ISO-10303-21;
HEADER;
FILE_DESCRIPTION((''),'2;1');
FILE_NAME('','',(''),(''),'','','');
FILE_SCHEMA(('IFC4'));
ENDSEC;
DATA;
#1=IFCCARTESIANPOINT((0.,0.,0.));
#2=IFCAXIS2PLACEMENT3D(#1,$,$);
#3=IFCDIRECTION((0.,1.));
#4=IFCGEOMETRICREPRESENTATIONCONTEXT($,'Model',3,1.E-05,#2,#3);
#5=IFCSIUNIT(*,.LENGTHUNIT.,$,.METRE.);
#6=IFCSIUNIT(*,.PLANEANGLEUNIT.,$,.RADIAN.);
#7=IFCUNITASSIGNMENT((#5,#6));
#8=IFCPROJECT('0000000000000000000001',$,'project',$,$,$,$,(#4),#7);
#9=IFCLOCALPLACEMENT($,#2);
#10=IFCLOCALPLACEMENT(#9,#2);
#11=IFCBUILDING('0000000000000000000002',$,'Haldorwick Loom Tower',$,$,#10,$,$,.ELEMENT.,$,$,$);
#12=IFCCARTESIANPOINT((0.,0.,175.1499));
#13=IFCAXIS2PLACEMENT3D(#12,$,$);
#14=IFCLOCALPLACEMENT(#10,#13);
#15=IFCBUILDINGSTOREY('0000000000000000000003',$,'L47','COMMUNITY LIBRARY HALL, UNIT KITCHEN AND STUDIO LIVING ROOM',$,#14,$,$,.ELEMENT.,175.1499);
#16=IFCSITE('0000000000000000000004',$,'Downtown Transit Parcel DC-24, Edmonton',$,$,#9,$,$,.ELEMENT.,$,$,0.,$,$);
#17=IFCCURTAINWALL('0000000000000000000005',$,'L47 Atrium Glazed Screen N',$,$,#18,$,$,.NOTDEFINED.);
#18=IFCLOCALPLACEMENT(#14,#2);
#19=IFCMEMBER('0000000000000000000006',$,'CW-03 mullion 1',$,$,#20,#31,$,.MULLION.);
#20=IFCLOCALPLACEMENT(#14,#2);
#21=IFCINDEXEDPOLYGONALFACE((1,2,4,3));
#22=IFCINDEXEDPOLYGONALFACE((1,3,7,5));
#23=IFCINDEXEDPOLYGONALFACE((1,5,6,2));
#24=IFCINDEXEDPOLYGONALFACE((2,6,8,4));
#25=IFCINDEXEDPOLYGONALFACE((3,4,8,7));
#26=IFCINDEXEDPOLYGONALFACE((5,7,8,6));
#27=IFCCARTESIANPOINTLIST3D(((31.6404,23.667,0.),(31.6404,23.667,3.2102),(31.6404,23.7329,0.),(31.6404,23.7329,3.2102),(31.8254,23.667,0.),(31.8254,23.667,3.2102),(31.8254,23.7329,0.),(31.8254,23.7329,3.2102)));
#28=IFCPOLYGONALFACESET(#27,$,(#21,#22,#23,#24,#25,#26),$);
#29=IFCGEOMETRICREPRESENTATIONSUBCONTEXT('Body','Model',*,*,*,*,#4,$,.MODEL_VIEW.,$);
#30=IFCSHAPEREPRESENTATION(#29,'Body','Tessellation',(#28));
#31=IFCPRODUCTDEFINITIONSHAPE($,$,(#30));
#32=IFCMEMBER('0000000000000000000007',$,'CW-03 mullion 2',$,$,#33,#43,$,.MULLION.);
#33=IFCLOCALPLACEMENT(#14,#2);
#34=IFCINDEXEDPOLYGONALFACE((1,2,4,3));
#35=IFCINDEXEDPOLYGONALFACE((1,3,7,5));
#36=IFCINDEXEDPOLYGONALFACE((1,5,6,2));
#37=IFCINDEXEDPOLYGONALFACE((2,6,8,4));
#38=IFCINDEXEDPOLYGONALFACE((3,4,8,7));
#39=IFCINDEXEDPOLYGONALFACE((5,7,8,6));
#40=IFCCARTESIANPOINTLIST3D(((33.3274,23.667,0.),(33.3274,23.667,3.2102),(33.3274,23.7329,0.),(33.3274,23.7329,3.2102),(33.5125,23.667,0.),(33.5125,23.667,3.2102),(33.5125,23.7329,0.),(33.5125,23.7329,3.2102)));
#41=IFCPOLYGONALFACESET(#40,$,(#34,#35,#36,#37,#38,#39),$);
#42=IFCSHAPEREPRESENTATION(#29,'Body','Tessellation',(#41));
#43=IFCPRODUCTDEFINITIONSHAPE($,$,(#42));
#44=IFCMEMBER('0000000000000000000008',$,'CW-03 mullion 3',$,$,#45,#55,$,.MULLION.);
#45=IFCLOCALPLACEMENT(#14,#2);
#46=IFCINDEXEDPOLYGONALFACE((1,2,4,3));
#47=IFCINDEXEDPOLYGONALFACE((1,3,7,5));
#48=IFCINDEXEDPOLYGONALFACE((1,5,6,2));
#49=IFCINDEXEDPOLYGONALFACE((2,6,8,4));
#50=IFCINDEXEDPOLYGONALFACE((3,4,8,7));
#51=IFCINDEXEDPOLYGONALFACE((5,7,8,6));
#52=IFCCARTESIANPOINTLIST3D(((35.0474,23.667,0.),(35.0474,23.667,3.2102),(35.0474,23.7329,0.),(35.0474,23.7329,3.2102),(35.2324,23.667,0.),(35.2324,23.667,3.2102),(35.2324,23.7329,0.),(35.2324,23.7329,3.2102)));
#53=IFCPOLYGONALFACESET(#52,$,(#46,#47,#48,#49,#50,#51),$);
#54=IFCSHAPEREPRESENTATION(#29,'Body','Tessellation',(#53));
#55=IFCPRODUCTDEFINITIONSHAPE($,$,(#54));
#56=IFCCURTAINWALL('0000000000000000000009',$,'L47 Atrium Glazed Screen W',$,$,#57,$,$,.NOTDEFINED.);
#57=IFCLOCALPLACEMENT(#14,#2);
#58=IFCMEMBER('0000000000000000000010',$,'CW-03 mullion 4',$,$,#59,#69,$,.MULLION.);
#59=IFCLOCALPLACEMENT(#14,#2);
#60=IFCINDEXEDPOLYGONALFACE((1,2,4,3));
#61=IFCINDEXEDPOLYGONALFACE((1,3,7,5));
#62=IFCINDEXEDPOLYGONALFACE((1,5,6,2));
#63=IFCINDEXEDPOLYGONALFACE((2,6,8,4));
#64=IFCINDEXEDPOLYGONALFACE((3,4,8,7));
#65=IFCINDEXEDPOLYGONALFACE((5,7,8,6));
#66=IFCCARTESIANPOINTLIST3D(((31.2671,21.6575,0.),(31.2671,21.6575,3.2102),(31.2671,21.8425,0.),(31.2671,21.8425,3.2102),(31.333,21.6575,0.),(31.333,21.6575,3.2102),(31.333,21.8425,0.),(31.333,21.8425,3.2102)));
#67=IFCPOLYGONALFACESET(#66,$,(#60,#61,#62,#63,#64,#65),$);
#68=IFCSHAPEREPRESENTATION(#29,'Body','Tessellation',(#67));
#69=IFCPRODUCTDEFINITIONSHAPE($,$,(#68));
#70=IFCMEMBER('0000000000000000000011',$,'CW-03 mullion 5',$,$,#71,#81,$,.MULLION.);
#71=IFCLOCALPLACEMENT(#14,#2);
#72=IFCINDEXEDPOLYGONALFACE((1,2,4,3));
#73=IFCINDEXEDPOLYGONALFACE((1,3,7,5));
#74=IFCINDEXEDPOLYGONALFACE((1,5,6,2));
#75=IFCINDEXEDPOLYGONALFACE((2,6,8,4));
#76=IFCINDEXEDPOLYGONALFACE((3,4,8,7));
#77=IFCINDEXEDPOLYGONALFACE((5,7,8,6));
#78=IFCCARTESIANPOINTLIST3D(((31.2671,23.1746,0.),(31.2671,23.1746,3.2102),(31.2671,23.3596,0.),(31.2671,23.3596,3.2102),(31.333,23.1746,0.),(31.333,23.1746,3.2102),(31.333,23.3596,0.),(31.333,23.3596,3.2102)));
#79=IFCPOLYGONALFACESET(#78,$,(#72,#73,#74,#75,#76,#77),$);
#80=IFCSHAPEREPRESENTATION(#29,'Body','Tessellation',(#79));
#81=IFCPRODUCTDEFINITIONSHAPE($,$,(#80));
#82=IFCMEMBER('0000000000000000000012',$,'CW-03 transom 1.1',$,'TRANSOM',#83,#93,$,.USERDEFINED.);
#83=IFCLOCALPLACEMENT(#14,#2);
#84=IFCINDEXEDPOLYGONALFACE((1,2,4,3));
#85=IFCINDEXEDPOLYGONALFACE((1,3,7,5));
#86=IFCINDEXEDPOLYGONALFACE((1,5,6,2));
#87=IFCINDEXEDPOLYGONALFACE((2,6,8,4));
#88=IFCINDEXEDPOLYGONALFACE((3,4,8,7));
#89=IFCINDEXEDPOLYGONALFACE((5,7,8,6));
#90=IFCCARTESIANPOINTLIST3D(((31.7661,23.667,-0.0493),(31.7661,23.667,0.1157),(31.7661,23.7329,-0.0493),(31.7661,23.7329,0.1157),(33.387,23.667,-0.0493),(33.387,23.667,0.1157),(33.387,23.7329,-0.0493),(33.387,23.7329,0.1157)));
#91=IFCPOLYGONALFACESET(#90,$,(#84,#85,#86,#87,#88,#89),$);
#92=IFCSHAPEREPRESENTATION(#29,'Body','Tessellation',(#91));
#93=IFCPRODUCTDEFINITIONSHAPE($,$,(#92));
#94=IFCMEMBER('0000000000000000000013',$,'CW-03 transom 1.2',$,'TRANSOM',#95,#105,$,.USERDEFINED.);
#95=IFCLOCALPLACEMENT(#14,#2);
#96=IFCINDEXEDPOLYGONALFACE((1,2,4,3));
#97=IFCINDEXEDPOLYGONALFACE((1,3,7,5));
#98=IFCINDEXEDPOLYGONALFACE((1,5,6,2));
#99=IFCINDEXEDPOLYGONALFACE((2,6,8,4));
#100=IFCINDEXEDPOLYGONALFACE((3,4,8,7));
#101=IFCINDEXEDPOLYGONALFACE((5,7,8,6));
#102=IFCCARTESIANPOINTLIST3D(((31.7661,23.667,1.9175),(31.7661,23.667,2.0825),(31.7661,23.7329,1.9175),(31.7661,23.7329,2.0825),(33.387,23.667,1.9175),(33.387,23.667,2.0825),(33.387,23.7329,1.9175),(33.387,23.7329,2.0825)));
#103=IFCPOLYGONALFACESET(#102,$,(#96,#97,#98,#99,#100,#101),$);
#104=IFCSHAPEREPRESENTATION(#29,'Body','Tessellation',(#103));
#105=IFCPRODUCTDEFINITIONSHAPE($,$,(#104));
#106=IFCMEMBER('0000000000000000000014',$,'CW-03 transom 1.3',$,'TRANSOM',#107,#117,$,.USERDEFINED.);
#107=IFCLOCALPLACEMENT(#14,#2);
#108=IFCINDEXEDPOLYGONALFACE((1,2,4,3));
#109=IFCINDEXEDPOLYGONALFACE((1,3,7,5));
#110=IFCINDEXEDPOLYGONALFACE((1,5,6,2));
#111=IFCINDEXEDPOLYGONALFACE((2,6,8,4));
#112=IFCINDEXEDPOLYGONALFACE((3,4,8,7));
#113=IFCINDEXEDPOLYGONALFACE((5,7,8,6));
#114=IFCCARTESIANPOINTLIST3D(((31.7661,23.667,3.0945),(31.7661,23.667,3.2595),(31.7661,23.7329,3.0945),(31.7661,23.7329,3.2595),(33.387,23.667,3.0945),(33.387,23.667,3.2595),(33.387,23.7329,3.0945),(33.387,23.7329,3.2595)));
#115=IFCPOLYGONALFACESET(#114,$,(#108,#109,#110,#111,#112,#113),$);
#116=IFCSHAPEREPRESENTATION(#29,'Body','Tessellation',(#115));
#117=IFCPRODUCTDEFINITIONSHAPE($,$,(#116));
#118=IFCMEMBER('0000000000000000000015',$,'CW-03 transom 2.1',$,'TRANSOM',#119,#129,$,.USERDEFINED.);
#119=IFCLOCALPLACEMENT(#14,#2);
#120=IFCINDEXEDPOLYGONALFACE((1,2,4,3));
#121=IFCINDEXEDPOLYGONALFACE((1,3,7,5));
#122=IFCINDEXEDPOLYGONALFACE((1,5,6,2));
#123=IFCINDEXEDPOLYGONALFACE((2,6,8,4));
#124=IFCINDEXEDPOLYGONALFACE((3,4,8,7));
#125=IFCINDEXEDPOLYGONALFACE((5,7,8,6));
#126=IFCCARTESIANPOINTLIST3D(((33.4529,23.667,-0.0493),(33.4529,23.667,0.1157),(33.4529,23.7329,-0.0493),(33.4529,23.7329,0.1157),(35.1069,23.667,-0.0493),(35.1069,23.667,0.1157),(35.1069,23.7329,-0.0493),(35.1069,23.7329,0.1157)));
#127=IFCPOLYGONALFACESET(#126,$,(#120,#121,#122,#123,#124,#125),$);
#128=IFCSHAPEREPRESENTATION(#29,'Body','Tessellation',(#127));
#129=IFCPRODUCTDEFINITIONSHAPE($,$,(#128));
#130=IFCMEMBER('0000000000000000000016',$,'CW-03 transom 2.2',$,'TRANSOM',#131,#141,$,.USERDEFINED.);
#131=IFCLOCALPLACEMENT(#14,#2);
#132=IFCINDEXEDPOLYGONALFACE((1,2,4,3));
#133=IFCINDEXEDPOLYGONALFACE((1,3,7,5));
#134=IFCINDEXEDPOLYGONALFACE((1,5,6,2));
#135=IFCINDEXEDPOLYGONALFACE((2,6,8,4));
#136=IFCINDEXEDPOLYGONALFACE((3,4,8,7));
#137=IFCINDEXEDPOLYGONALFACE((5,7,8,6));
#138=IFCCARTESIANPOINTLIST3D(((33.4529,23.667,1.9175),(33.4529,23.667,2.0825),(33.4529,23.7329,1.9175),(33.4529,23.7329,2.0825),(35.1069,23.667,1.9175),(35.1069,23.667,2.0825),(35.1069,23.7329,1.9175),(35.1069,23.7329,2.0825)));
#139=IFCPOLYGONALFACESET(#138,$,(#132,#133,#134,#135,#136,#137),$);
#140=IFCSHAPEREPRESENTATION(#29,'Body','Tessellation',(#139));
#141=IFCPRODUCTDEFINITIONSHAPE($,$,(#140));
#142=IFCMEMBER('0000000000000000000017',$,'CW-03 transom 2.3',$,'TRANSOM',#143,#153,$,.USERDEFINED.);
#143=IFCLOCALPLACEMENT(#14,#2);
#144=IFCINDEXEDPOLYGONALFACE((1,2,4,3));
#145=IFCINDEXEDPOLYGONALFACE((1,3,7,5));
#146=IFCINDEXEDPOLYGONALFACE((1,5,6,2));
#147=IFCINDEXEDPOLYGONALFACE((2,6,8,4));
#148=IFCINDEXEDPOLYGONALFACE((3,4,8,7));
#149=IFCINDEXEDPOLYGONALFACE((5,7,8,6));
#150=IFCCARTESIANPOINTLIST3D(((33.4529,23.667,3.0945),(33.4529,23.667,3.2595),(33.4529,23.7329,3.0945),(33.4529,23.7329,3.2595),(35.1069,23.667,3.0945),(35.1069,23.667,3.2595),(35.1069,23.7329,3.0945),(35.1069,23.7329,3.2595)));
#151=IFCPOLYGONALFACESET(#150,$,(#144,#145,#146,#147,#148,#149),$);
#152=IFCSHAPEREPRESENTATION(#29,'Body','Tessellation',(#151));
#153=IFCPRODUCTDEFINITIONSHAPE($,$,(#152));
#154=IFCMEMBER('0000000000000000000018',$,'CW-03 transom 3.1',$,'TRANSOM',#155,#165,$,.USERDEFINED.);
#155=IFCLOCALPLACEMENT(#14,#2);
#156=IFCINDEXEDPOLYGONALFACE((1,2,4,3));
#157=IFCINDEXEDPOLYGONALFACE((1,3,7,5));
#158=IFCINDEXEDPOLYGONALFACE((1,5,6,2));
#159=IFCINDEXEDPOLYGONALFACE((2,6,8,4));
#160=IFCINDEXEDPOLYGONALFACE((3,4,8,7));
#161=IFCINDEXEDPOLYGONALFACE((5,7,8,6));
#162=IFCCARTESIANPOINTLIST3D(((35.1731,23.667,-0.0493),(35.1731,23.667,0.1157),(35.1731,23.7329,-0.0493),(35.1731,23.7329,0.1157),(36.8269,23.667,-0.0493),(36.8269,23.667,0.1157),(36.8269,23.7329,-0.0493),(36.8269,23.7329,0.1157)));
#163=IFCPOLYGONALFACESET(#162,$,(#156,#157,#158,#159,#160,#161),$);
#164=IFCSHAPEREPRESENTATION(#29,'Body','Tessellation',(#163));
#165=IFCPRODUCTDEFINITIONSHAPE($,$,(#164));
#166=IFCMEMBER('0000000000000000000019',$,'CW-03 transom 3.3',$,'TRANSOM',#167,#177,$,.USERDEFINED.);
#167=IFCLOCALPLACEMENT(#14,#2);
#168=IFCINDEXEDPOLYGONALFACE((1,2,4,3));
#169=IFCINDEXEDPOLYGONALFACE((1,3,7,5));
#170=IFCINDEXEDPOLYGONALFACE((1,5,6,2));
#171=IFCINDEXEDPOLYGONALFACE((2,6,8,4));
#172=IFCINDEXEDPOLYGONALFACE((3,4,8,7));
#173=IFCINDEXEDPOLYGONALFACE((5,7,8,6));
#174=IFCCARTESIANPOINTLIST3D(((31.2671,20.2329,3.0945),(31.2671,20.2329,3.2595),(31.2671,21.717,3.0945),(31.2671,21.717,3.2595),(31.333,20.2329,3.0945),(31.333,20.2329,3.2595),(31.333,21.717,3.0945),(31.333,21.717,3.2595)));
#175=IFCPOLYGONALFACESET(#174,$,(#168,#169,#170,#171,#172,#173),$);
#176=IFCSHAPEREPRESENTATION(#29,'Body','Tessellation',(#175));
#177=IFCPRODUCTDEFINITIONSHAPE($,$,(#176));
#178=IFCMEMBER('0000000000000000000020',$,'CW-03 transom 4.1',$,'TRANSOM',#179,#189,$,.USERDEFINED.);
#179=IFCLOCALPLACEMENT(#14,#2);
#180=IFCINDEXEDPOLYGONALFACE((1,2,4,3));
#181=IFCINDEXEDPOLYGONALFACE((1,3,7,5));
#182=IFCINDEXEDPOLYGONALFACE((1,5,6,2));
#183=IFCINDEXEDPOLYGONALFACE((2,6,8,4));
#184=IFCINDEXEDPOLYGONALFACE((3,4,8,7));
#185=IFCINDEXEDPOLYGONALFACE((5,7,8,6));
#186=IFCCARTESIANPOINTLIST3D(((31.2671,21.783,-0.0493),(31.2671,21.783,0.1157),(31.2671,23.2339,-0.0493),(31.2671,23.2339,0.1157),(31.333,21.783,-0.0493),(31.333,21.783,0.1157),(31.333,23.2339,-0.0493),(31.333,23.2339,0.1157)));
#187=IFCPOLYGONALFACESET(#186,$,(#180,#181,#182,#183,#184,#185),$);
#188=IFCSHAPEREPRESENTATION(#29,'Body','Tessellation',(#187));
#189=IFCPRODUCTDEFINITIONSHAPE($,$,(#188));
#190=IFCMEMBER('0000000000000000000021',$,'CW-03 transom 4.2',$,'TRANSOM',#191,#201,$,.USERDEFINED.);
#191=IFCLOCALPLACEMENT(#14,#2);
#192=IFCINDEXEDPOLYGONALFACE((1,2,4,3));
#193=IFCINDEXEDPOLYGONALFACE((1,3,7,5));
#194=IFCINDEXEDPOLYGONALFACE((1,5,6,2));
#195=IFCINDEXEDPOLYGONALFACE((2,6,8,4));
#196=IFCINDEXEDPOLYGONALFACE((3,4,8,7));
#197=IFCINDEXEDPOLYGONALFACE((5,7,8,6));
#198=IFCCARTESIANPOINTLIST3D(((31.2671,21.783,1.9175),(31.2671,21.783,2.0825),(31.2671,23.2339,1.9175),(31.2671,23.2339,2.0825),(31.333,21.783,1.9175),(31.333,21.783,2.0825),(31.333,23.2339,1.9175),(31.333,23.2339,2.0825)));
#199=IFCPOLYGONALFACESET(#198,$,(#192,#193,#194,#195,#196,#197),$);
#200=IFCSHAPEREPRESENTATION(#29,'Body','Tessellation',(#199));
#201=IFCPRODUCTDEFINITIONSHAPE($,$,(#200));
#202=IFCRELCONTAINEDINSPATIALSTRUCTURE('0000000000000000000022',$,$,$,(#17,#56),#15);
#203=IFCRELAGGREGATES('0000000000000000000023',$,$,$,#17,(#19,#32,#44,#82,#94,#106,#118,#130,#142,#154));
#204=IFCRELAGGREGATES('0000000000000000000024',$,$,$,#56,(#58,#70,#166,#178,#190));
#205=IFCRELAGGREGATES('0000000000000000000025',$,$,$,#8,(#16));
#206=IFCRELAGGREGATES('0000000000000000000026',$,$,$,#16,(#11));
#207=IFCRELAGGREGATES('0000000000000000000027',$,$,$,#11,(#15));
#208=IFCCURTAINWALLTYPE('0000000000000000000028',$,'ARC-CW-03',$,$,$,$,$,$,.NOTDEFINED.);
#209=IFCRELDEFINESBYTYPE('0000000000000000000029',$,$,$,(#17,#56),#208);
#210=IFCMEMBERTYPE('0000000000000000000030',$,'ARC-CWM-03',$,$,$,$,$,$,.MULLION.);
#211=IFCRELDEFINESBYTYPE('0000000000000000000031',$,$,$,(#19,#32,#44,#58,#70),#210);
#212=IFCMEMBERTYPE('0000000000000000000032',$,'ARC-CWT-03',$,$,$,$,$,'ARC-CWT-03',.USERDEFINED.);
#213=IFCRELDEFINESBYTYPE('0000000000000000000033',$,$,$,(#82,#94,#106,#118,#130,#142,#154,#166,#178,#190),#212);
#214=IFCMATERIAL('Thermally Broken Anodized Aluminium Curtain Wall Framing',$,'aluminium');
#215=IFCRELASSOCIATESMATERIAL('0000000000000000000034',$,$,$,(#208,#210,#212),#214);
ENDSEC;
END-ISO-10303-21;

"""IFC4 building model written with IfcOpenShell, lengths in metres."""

from ifc_helpers import new_model, si_unit, direction, frame, origin, origin_2d, place, context, subcontext, project, spatial, rectangle, extrude, material, material_profile, profile_set, type_object, element, aggregate, save


model = new_model("IFC4")

# Units and contexts
model_context = context("Model", 3, precision=1e-05, world=origin(), true_north=direction((0.0, 1.0)))
body_context = subcontext(model_context, "Body", "Model", "MODEL_VIEW")
ifc_project = project(units=[si_unit("LENGTHUNIT", "METRE"), si_unit("PLANEANGLEUNIT", "RADIAN")], contexts=[model_context])

# Site, building, storey
site_placement = place(None, origin())
site = spatial("IfcSite", under=ifc_project, at=site_placement, Name="Downtown Transit Parcel DC-24, Edmonton", CompositionType="ELEMENT", RefElevation=0.0)
building_placement = place(site_placement, origin())
building = spatial("IfcBuilding", under=site, at=building_placement, Name="Haldorwick Loom Tower", CompositionType="ELEMENT")
storey_placement = place(building_placement, frame((0.0, 0.0, 175.1499)))
storey = spatial("IfcBuildingStorey", under=building, at=storey_placement, Name="L47", Description="COMMUNITY LIBRARY HALL, UNIT KITCHEN AND STUDIO LIVING ROOM", CompositionType="ELEMENT", Elevation=175.1499)

# Curtain walls, members
ifc_material_1 = material(Name="Thermally Broken Anodized Aluminium Curtain Wall Framing", Category="aluminium")
curtain_wall_type = type_object("IfcCurtainWallType", Name="ARC-CW-03", PredefinedType="NOTDEFINED", material=ifc_material_1)
curtain_wall_1_placement = place(storey_placement, origin())
curtain_wall_1 = element("IfcCurtainWall", 1, at=curtain_wall_1_placement, inside=storey, type_object=curtain_wall_type, Name="L47 Atrium Glazed Screen N", PredefinedType="NOTDEFINED")
ifc_material_profile_1 = material_profile(ifc_material_1, rectangle(XDim=0.0659, YDim=0.1851, at=origin_2d()), Name="ALU_MUL_66X185", Category="aluminium")
ifc_profile_set_1 = profile_set([ifc_material_profile_1], Name="Thermally Broken Anodized Aluminium Curtain Wall Framing")
member_type_1 = type_object("IfcMemberType", Name="ARC-CWM-03", PredefinedType="MULLION", material=ifc_profile_set_1)
member_1_placement = place(storey_placement, frame((31.7329, 23.7, 0.0), z_axis=(0.0, 0.0, 1.0), x_axis=(0.0, 1.0, 0.0)))
member_1 = element("IfcMember", 2, at=member_1_placement, type_object=member_type_1, Name="CW-03 mullion 1", PredefinedType="MULLION", context=body_context, shape_type="SweptSolid", body=[
    extrude(rectangle(XDim=0.0659, YDim=0.1851, at=origin_2d()), origin(), (0.0, 0.0, 1.0), 3.2102),
])
member_2_placement = place(storey_placement, frame((33.4199, 23.7, 0.0), z_axis=(0.0, 0.0, 1.0), x_axis=(0.0, 1.0, 0.0)))
member_2 = element("IfcMember", 3, at=member_2_placement, type_object=member_type_1, Name="CW-03 mullion 2", PredefinedType="MULLION", context=body_context, shape_type="SweptSolid", body=[
    extrude(rectangle(XDim=0.0659, YDim=0.1851, at=origin_2d()), origin(), (0.0, 0.0, 1.0), 3.2102),
])
member_3_placement = place(storey_placement, frame((35.1399, 23.7, 0.0), z_axis=(0.0, 0.0, 1.0), x_axis=(0.0, 1.0, 0.0)))
member_3 = element("IfcMember", 4, at=member_3_placement, type_object=member_type_1, Name="CW-03 mullion 3", PredefinedType="MULLION", context=body_context, shape_type="SweptSolid", body=[
    extrude(rectangle(XDim=0.0659, YDim=0.1851, at=origin_2d()), origin(), (0.0, 0.0, 1.0), 3.2102),
])
curtain_wall_2_placement = place(storey_placement, origin())
curtain_wall_2 = element("IfcCurtainWall", 5, at=curtain_wall_2_placement, inside=storey, type_object=curtain_wall_type, Name="L47 Atrium Glazed Screen W", PredefinedType="NOTDEFINED")
member_4_placement = place(storey_placement, frame((31.3, 21.75, 0.0), z_axis=(0.0, 0.0, 1.0), x_axis=(-1.0, 0.0, 0.0)))
member_4 = element("IfcMember", 6, at=member_4_placement, type_object=member_type_1, Name="CW-03 mullion 4", PredefinedType="MULLION", context=body_context, shape_type="SweptSolid", body=[
    extrude(rectangle(XDim=0.0659, YDim=0.1851, at=origin_2d()), origin(), (0.0, 0.0, 1.0), 3.2102),
])
member_5_placement = place(storey_placement, frame((31.3, 23.2671, 0.0), z_axis=(0.0, 0.0, 1.0), x_axis=(-1.0, 0.0, 0.0)))
member_5 = element("IfcMember", 7, at=member_5_placement, type_object=member_type_1, Name="CW-03 mullion 5", PredefinedType="MULLION", context=body_context, shape_type="SweptSolid", body=[
    extrude(rectangle(XDim=0.0659, YDim=0.1851, at=origin_2d()), origin(), (0.0, 0.0, 1.0), 3.2102),
])

# Members
ifc_material_profile_2 = material_profile(ifc_material_1, rectangle(XDim=0.0659, YDim=0.165, at=origin_2d()), Name="ALU_TRN_66X165", Category="aluminium")
ifc_profile_set_2 = profile_set([ifc_material_profile_2], Name="Thermally Broken Anodized Aluminium Curtain Wall Framing")
member_type_2 = type_object("IfcMemberType", Name="ARC-CWT-03", ElementType="ARC-CWT-03", PredefinedType="USERDEFINED", material=ifc_profile_set_2)
member_6_placement = place(storey_placement, frame((31.7661, 23.7, 0.0332), z_axis=(1.0, 0.0, 0.0), x_axis=(0.0, 1.0, 0.0)))
member_6 = element("IfcMember", 8, at=member_6_placement, type_object=member_type_2, Name="CW-03 transom 1.1", ObjectType="TRANSOM", PredefinedType="USERDEFINED", context=body_context, shape_type="SweptSolid", body=[
    extrude(rectangle(XDim=0.0659, YDim=0.165, at=origin_2d()), origin(), (0.0, 0.0, 1.0), 1.6208),
])
member_7_placement = place(storey_placement, frame((31.7661, 23.7, 2.0), z_axis=(1.0, 0.0, 0.0), x_axis=(0.0, 1.0, 0.0)))
member_7 = element("IfcMember", 9, at=member_7_placement, type_object=member_type_2, Name="CW-03 transom 1.2", ObjectType="TRANSOM", PredefinedType="USERDEFINED", context=body_context, shape_type="SweptSolid", body=[
    extrude(rectangle(XDim=0.0659, YDim=0.165, at=origin_2d()), origin(), (0.0, 0.0, 1.0), 1.6208),
])
member_8_placement = place(storey_placement, frame((31.7661, 23.7, 3.177), z_axis=(1.0, 0.0, 0.0), x_axis=(0.0, 1.0, 0.0)))
member_8 = element("IfcMember", 10, at=member_8_placement, type_object=member_type_2, Name="CW-03 transom 1.3", ObjectType="TRANSOM", PredefinedType="USERDEFINED", context=body_context, shape_type="SweptSolid", body=[
    extrude(rectangle(XDim=0.0659, YDim=0.165, at=origin_2d()), origin(), (0.0, 0.0, 1.0), 1.6208),
])
member_9_placement = place(storey_placement, frame((33.4529, 23.7, 0.0332), z_axis=(1.0, 0.0, 0.0), x_axis=(0.0, 1.0, 0.0)))
member_9 = element("IfcMember", 11, at=member_9_placement, type_object=member_type_2, Name="CW-03 transom 2.1", ObjectType="TRANSOM", PredefinedType="USERDEFINED", context=body_context, shape_type="SweptSolid", body=[
    extrude(rectangle(XDim=0.0659, YDim=0.165, at=origin_2d()), origin(), (0.0, 0.0, 1.0), 1.6541),
])
member_10_placement = place(storey_placement, frame((33.4529, 23.7, 2.0), z_axis=(1.0, 0.0, 0.0), x_axis=(0.0, 1.0, 0.0)))
member_10 = element("IfcMember", 12, at=member_10_placement, type_object=member_type_2, Name="CW-03 transom 2.2", ObjectType="TRANSOM", PredefinedType="USERDEFINED", context=body_context, shape_type="SweptSolid", body=[
    extrude(rectangle(XDim=0.0659, YDim=0.165, at=origin_2d()), origin(), (0.0, 0.0, 1.0), 1.6541),
])
member_11_placement = place(storey_placement, frame((33.4529, 23.7, 3.177), z_axis=(1.0, 0.0, 0.0), x_axis=(0.0, 1.0, 0.0)))
member_11 = element("IfcMember", 13, at=member_11_placement, type_object=member_type_2, Name="CW-03 transom 2.3", ObjectType="TRANSOM", PredefinedType="USERDEFINED", context=body_context, shape_type="SweptSolid", body=[
    extrude(rectangle(XDim=0.0659, YDim=0.165, at=origin_2d()), origin(), (0.0, 0.0, 1.0), 1.6541),
])
member_12_placement = place(storey_placement, frame((35.1731, 23.7, 0.0332), z_axis=(1.0, 0.0, 0.0), x_axis=(0.0, 1.0, 0.0)))
member_12 = element("IfcMember", 14, at=member_12_placement, type_object=member_type_2, Name="CW-03 transom 3.1", ObjectType="TRANSOM", PredefinedType="USERDEFINED", context=body_context, shape_type="SweptSolid", body=[
    extrude(rectangle(XDim=0.0659, YDim=0.165, at=origin_2d()), origin(), (0.0, 0.0, 1.0), 1.6538),
])
member_13_placement = place(storey_placement, frame((31.3, 20.2329, 3.177), z_axis=(0.0, 1.0, 0.0), x_axis=(-1.0, 0.0, 0.0)))
member_13 = element("IfcMember", 15, at=member_13_placement, type_object=member_type_2, Name="CW-03 transom 3.3", ObjectType="TRANSOM", PredefinedType="USERDEFINED", context=body_context, shape_type="SweptSolid", body=[
    extrude(rectangle(XDim=0.0659, YDim=0.165, at=origin_2d()), origin(), (0.0, 0.0, 1.0), 1.4841),
])
member_14_placement = place(storey_placement, frame((31.3, 21.783, 0.0332), z_axis=(0.0, 1.0, 0.0), x_axis=(-1.0, 0.0, 0.0)))
member_14 = element("IfcMember", 16, at=member_14_placement, type_object=member_type_2, Name="CW-03 transom 4.1", ObjectType="TRANSOM", PredefinedType="USERDEFINED", context=body_context, shape_type="SweptSolid", body=[
    extrude(rectangle(XDim=0.0659, YDim=0.165, at=origin_2d()), origin(), (0.0, 0.0, 1.0), 1.4509),
])
member_15_placement = place(storey_placement, frame((31.3, 21.783, 2.0), z_axis=(0.0, 1.0, 0.0), x_axis=(-1.0, 0.0, 0.0)))
member_15 = element("IfcMember", 17, at=member_15_placement, type_object=member_type_2, Name="CW-03 transom 4.2", ObjectType="TRANSOM", PredefinedType="USERDEFINED", context=body_context, shape_type="SweptSolid", body=[
    extrude(rectangle(XDim=0.0659, YDim=0.165, at=origin_2d()), origin(), (0.0, 0.0, 1.0), 1.4509),
])

aggregate(curtain_wall_1, [member_1, member_2, member_3, member_6, member_7, member_8, member_9, member_10, member_11, member_12])
aggregate(curtain_wall_2, [member_4, member_5, member_13, member_14, member_15])

save(model, "model.ifc")
